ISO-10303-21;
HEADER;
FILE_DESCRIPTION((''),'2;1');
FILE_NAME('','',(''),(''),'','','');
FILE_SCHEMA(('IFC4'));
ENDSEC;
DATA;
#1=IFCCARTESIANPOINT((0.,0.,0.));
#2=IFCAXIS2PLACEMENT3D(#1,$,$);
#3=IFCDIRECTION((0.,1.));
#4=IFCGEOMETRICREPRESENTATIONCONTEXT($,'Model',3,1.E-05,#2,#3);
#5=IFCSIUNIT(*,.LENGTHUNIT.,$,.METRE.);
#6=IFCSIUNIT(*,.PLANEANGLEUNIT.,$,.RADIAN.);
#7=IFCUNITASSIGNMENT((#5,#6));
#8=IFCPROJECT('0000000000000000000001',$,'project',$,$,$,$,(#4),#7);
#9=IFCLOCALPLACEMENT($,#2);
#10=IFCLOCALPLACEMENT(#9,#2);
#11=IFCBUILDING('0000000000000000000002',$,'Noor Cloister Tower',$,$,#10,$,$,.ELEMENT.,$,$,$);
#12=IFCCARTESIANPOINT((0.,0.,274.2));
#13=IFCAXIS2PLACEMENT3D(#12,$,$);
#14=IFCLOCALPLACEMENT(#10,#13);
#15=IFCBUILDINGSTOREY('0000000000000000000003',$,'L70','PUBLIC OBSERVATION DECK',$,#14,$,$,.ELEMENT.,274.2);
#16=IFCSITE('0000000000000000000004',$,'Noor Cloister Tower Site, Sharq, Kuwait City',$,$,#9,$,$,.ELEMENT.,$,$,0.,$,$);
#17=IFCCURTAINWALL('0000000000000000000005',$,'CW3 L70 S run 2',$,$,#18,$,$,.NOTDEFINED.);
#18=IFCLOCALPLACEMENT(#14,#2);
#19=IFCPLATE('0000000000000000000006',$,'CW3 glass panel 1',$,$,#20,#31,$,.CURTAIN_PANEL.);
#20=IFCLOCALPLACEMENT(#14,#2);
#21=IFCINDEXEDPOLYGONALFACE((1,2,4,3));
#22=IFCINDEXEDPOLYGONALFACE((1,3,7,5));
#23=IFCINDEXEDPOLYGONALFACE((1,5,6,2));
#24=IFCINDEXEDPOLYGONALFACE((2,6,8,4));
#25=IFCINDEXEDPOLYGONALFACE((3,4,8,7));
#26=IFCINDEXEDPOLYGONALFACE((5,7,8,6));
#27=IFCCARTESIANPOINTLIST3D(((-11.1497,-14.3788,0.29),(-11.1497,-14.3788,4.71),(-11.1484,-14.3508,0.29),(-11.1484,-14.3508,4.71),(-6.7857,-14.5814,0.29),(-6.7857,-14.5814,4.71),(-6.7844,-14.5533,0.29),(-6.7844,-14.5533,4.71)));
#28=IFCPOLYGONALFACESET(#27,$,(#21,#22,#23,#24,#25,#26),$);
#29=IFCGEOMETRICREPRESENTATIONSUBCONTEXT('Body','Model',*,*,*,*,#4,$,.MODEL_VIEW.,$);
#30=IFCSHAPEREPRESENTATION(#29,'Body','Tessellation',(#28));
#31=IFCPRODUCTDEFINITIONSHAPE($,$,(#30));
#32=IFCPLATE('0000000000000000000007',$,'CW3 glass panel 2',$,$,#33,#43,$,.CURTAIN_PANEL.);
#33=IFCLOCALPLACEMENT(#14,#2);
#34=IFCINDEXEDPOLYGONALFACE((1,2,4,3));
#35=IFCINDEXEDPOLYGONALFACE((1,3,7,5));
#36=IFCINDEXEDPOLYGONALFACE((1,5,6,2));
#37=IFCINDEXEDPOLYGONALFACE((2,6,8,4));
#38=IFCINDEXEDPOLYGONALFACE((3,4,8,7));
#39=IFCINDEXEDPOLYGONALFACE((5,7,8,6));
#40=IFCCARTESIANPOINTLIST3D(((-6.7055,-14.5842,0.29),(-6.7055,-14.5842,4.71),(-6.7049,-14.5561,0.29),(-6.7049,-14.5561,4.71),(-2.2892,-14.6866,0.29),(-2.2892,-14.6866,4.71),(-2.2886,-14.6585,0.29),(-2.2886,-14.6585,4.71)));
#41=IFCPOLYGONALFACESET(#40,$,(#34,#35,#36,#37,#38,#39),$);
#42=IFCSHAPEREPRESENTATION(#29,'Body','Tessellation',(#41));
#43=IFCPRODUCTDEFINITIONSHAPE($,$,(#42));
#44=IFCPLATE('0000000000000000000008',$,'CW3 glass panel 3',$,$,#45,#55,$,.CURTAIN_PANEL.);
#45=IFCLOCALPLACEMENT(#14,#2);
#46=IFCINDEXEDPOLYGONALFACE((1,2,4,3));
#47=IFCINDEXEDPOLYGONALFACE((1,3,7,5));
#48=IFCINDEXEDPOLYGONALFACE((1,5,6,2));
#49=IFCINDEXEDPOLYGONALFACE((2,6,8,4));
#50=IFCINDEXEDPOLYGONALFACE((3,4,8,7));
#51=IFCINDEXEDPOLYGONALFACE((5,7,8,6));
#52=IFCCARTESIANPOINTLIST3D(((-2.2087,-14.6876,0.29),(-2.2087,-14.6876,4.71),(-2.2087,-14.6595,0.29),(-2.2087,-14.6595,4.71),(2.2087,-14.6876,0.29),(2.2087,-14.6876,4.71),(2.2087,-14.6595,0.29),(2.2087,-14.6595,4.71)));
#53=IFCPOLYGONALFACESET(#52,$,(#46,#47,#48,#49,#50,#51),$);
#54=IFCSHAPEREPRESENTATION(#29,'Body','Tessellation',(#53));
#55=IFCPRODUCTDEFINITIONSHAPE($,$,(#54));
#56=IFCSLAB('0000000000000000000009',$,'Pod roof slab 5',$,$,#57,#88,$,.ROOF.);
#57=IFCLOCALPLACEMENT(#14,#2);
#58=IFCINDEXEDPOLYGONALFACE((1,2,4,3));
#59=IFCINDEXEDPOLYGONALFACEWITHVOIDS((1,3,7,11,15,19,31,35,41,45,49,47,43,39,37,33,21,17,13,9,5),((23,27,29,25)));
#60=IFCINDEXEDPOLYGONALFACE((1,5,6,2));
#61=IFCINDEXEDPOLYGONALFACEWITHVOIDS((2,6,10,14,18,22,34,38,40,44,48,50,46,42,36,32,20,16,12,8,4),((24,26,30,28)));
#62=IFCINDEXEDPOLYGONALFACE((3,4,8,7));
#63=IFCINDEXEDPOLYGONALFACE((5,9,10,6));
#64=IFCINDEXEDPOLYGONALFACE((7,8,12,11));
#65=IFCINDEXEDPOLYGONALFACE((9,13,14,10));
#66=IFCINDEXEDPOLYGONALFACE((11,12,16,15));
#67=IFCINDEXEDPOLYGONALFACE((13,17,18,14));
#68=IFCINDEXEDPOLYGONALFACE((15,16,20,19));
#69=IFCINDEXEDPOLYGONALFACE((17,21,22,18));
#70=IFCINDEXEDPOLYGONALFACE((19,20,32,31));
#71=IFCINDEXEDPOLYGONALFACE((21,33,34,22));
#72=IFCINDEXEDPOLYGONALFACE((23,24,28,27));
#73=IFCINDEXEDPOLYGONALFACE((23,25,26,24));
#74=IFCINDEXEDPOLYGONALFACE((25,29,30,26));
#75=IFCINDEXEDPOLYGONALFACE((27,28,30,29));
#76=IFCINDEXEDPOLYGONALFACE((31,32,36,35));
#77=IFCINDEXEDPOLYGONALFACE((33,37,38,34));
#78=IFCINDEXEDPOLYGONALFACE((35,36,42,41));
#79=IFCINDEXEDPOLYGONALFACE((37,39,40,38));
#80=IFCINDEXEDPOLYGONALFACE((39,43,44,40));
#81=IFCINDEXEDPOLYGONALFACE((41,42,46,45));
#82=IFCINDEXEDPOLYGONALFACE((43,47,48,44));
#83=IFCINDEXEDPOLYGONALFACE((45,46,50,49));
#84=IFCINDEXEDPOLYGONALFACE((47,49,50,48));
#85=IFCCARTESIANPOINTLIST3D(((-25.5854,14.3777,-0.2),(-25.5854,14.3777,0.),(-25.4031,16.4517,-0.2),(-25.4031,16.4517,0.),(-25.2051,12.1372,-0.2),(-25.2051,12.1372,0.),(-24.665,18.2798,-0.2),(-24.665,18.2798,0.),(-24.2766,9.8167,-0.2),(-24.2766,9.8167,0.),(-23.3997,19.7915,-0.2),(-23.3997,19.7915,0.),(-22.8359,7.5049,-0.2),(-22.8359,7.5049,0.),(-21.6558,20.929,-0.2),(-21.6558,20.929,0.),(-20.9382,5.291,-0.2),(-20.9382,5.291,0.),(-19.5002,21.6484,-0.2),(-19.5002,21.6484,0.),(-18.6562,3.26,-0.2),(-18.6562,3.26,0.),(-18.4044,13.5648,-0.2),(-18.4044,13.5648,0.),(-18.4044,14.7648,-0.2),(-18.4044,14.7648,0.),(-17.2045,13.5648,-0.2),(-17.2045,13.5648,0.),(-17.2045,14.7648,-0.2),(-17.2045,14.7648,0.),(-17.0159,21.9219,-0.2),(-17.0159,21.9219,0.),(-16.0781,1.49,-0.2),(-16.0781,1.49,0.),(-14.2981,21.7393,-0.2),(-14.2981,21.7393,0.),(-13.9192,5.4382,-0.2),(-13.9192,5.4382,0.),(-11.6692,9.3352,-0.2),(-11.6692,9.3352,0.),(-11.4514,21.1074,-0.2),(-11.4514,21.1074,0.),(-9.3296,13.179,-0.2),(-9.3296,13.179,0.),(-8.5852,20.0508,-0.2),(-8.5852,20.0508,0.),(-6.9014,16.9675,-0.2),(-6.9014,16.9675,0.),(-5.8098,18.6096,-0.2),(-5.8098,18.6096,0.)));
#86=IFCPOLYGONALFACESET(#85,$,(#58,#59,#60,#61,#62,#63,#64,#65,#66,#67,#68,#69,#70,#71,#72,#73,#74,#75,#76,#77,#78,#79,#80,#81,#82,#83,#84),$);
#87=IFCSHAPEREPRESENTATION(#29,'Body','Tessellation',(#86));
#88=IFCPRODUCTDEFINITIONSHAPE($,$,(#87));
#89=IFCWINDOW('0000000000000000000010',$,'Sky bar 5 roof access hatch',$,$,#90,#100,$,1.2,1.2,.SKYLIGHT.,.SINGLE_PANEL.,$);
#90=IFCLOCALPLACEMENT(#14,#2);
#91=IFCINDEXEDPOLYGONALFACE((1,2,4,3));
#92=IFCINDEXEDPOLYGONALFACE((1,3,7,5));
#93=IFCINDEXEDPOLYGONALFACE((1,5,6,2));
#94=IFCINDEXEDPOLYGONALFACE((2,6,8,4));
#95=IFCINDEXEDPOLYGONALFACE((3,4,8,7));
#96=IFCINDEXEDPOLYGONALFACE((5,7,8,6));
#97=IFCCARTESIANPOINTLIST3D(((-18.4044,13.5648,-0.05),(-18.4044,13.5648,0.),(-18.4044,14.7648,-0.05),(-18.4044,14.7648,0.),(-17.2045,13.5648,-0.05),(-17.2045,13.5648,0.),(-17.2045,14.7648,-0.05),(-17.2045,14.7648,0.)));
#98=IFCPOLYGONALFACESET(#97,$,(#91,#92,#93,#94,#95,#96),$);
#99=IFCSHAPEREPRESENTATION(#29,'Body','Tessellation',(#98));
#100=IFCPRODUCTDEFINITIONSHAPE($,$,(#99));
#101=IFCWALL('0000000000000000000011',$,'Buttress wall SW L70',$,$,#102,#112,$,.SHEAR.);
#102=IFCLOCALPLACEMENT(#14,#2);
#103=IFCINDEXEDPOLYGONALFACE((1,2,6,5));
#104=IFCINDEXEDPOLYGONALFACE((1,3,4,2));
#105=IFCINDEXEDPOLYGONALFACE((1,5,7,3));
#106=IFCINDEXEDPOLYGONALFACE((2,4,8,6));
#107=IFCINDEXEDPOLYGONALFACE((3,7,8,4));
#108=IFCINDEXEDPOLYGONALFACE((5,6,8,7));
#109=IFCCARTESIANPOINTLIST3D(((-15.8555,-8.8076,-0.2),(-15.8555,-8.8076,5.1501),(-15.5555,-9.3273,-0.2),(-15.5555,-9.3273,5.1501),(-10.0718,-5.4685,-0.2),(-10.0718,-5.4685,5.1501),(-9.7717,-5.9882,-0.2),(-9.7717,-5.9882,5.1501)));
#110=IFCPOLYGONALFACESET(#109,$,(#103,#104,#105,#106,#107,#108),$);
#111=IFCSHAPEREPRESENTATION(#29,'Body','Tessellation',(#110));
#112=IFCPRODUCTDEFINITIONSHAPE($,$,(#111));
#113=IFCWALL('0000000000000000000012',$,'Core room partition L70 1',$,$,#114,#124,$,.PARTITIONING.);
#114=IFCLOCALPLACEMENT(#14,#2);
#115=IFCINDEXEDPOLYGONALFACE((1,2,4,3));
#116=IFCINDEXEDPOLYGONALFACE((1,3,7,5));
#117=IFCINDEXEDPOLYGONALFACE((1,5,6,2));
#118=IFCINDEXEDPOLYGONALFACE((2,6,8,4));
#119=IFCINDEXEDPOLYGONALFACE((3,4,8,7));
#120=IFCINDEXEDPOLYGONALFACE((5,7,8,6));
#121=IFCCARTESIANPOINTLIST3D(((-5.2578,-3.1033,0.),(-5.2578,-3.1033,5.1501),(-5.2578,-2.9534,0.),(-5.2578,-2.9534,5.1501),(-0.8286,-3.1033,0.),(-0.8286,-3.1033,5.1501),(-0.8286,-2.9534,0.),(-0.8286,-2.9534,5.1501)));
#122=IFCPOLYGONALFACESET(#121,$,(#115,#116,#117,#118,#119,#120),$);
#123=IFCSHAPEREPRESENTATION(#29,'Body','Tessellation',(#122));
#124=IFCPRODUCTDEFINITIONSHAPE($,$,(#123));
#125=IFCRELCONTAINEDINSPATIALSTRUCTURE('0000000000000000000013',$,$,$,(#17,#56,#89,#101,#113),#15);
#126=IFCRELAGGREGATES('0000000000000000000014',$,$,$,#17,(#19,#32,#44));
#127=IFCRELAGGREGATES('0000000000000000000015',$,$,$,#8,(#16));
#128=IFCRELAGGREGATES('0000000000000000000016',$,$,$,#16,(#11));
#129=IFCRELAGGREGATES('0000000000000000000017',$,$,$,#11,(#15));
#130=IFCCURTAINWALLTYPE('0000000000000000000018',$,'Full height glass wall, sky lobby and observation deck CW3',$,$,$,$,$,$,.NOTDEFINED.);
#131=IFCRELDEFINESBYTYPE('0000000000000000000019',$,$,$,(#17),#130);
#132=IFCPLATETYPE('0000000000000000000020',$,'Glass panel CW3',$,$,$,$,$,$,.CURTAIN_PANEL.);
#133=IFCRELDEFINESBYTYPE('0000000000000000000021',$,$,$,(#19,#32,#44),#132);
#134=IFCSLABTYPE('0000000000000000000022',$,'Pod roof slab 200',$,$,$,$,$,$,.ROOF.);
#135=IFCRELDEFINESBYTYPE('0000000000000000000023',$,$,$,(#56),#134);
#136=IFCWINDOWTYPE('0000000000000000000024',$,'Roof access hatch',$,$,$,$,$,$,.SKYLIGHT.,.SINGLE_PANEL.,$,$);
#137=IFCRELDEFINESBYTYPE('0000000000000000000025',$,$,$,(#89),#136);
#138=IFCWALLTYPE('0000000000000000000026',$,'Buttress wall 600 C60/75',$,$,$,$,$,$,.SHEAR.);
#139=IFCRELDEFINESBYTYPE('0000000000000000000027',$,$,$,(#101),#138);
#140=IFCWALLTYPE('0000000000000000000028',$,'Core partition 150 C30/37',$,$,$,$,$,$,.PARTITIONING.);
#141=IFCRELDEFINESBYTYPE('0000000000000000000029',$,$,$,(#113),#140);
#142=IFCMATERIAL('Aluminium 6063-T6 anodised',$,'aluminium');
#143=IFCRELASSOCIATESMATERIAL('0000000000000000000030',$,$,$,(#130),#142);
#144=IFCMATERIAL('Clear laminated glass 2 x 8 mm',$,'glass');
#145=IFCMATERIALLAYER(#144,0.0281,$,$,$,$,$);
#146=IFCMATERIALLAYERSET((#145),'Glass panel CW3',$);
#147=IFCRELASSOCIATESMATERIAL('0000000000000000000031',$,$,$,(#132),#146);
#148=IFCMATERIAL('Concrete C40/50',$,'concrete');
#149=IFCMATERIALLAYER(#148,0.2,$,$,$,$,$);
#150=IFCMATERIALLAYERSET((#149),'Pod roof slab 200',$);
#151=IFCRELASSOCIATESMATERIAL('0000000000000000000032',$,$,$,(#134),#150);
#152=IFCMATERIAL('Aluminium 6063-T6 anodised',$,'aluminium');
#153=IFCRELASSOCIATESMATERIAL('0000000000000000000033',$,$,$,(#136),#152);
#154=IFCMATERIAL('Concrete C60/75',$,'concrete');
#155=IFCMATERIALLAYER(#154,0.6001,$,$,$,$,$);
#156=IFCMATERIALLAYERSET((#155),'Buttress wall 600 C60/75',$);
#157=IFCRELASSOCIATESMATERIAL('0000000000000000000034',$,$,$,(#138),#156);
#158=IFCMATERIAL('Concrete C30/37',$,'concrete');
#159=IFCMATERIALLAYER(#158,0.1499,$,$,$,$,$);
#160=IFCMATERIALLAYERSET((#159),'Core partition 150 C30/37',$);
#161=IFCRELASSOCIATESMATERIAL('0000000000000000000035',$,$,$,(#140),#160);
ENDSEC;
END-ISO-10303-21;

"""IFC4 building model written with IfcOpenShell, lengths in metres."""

from ifc_helpers import new_model, si_unit, direction, frame, frame_2d, origin, origin_2d, place, context, subcontext, project, spatial, polyline, rectangle, outline, extrude, material, layer, layer_set, type_object, element, fill, aggregate, save


model = new_model("IFC4")

# Units and contexts
model_context = context("Model", 3, precision=1e-05, world=origin(), true_north=direction((0.0, 1.0)))
body_context = subcontext(model_context, "Body", "Model", "MODEL_VIEW")
ifc_project = project(units=[si_unit("LENGTHUNIT", "METRE"), si_unit("PLANEANGLEUNIT", "RADIAN")], contexts=[model_context])

# Site, building, storey
site_placement = place(None, origin())
site = spatial("IfcSite", under=ifc_project, at=site_placement, Name="Noor Cloister Tower Site, Sharq, Kuwait City", CompositionType="ELEMENT", RefElevation=0.0)
building_placement = place(site_placement, origin())
building = spatial("IfcBuilding", under=site, at=building_placement, Name="Noor Cloister Tower", CompositionType="ELEMENT")
storey_placement = place(building_placement, frame((0.0, 0.0, 274.2)))
storey = spatial("IfcBuildingStorey", under=building, at=storey_placement, Name="L70", Description="PUBLIC OBSERVATION DECK", CompositionType="ELEMENT", Elevation=274.2)

# Curtain wall
ifc_material_1 = material(Name="Aluminium 6063-T6 anodised", Category="aluminium")
curtain_wall_type = type_object("IfcCurtainWallType", Name="Full height glass wall, sky lobby and observation deck CW3", PredefinedType="NOTDEFINED", material=ifc_material_1)
curtain_wall_1_placement = place(storey_placement, origin())
curtain_wall_1 = element("IfcCurtainWall", 1, at=curtain_wall_1_placement, inside=storey, type_object=curtain_wall_type, Name="CW3 L70 S run 2", PredefinedType="NOTDEFINED")

# Plates
ifc_material_2 = material(Name="Clear laminated glass 2 x 8 mm", Category="glass")
ifc_layer_1 = layer(ifc_material_2, 0.0281)
ifc_layer_set_1 = layer_set([ifc_layer_1], Name="Glass panel CW3")
plate_type = type_object("IfcPlateType", Name="Glass panel CW3", PredefinedType="CURTAIN_PANEL", material=ifc_layer_set_1)
plate_1_placement = place(storey_placement, frame((-8.967, -14.4661, 0.29), z_axis=(0.0, 0.0, 1.0), x_axis=(0.998924, -0.046368, 0.0)))
plate_1 = element("IfcPlate", 2, at=plate_1_placement, type_object=plate_type, Name="CW3 glass panel 1", PredefinedType="CURTAIN_PANEL", context=body_context, shape_type="SweptSolid", body=[
    extrude(rectangle(XDim=4.3687, YDim=0.0281, at=origin_2d()), origin(), (0.0, 0.0, 1.0), 4.4199),
])
plate_2_placement = place(storey_placement, frame((-4.4971, -14.6213, 0.29), z_axis=(0.0, 0.0, 1.0), x_axis=(0.999731, -0.02319, 0.0)))
plate_2 = element("IfcPlate", 3, at=plate_2_placement, type_object=plate_type, Name="CW3 glass panel 2", PredefinedType="CURTAIN_PANEL", context=body_context, shape_type="SweptSolid", body=[
    extrude(rectangle(XDim=4.4175, YDim=0.0281, at=origin_2d()), origin(), (0.0, 0.0, 1.0), 4.4199),
])
plate_3_placement = place(storey_placement, frame((0.0, -14.6736, 0.29), z_axis=(0.0, 0.0, 1.0), x_axis=(1.0, 0.0, 0.0)))
plate_3 = element("IfcPlate", 4, at=plate_3_placement, type_object=plate_type, Name="CW3 glass panel 3", PredefinedType="CURTAIN_PANEL", context=body_context, shape_type="SweptSolid", body=[
    extrude(rectangle(XDim=4.4175, YDim=0.0281, at=origin_2d()), origin(), (0.0, 0.0, 1.0), 4.4199),
])
aggregate(curtain_wall_1, [plate_1, plate_2, plate_3])

# Slab, opening, window
ifc_material_3 = material(Name="Concrete C40/50", Category="concrete")
ifc_layer_2 = layer(ifc_material_3, 0.2)
ifc_layer_set_2 = layer_set([ifc_layer_2], Name="Pod roof slab 200")
slab_type_1 = type_object("IfcSlabType", Name="Pod roof slab 200", PredefinedType="ROOF", material=ifc_layer_set_2)
slab_1_placement = place(storey_placement, frame((0.0, 0.0, -0.2)))
slab_1 = element("IfcSlab", 5, at=slab_1_placement, inside=storey, type_object=slab_type_1, Name="Pod roof slab 5", PredefinedType="ROOF", context=body_context, shape_type="SweptSolid", body=[
    extrude(outline(polyline([(-5.8098, 18.6096), (-8.5852, 20.0508), (-11.4514, 21.1074), (-14.2981, 21.7393), (-17.0159, 21.9219), (-19.5002, 21.6484), (-21.6558, 20.929), (-23.3997, 19.7915), (-24.665, 18.2798), (-25.4031, 16.4517), (-25.5854, 14.3777), (-25.2051, 12.1372), (-24.2766, 9.8167), (-22.8359, 7.5049), (-20.9382, 5.291), (-18.6562, 3.26), (-16.0781, 1.49), (-13.9192, 5.4382), (-11.6692, 9.3352), (-9.3296, 13.179), (-6.9014, 16.9675), (-5.8098, 18.6096)])), origin(), (0.0, 0.0, 1.0), 0.2),
])
opening_1_placement = place(slab_1_placement, frame((-17.8044, 14.1648, 0.0)))
opening_1 = element("IfcOpeningElement", 6, at=opening_1_placement, cuts=slab_1, PredefinedType="OPENING", context=body_context, shape_type="SweptSolid", body=[
    extrude(rectangle(XDim=1.2, YDim=1.2, at=origin_2d()), origin(), (0.0, 0.0, 1.0), 0.2),
])
ifc_material_4 = material(Name="Aluminium 6063-T6 anodised", Category="aluminium")
window_type = type_object("IfcWindowType", Name="Roof access hatch", PartitioningType="SINGLE_PANEL", PredefinedType="SKYLIGHT", material=ifc_material_4)
window_placement = place(opening_1_placement, frame((0.0, 0.0, 0.1499)))
window = element("IfcWindow", 7, at=window_placement, inside=storey, type_object=window_type, Name="Sky bar 5 roof access hatch", OverallHeight=1.2, OverallWidth=1.2, PartitioningType="SINGLE_PANEL", PredefinedType="SKYLIGHT", context=body_context, shape_type="SweptSolid", body=[
    extrude(rectangle(XDim=1.2, YDim=1.2, at=origin_2d()), origin(), (0.0, 0.0, 1.0), 0.05),
])
fill(opening_1, window)

# Walls
ifc_material_5 = material(Name="Concrete C60/75", Category="concrete")
ifc_layer_3 = layer(ifc_material_5, 0.6001)
ifc_layer_set_3 = layer_set([ifc_layer_3], Name="Buttress wall 600 C60/75")
wall_type_1 = type_object("IfcWallType", Name="Buttress wall 600 C60/75", PredefinedType="SHEAR", material=ifc_layer_set_3)
wall_1_placement = place(storey_placement, frame((-9.9216, -5.7283, -0.2), z_axis=(0.0, 0.0, 1.0), x_axis=(-0.866032, -0.499988, 0.0)))
element("IfcWall", 8, at=wall_1_placement, inside=storey, type_object=wall_type_1, Name="Buttress wall SW L70", PredefinedType="SHEAR", context=body_context, shape_type="SweptSolid", body=[
    extrude(rectangle(XDim=6.6785, YDim=0.6001, at=frame_2d((3.3394, 0.0))), origin(), (0.0, 0.0, 1.0), 5.3501),
])
ifc_material_6 = material(Name="Concrete C30/37", Category="concrete")
ifc_layer_4 = layer(ifc_material_6, 0.1499)
ifc_layer_set_4 = layer_set([ifc_layer_4], Name="Core partition 150 C30/37")
wall_type_2 = type_object("IfcWallType", Name="Core partition 150 C30/37", PredefinedType="PARTITIONING", material=ifc_layer_set_4)
wall_2_placement = place(storey_placement, frame((-5.2578, -3.0283, 0.0), z_axis=(0.0, 0.0, 1.0), x_axis=(1.0, 0.0, 0.0)))
element("IfcWall", 9, at=wall_2_placement, inside=storey, type_object=wall_type_2, Name="Core room partition L70 1", PredefinedType="PARTITIONING", context=body_context, shape_type="SweptSolid", body=[
    extrude(rectangle(XDim=4.4292, YDim=0.1499, at=frame_2d((2.2146, 0.0))), origin(), (0.0, 0.0, 1.0), 5.1501),
])

save(model, "model.ifc")
